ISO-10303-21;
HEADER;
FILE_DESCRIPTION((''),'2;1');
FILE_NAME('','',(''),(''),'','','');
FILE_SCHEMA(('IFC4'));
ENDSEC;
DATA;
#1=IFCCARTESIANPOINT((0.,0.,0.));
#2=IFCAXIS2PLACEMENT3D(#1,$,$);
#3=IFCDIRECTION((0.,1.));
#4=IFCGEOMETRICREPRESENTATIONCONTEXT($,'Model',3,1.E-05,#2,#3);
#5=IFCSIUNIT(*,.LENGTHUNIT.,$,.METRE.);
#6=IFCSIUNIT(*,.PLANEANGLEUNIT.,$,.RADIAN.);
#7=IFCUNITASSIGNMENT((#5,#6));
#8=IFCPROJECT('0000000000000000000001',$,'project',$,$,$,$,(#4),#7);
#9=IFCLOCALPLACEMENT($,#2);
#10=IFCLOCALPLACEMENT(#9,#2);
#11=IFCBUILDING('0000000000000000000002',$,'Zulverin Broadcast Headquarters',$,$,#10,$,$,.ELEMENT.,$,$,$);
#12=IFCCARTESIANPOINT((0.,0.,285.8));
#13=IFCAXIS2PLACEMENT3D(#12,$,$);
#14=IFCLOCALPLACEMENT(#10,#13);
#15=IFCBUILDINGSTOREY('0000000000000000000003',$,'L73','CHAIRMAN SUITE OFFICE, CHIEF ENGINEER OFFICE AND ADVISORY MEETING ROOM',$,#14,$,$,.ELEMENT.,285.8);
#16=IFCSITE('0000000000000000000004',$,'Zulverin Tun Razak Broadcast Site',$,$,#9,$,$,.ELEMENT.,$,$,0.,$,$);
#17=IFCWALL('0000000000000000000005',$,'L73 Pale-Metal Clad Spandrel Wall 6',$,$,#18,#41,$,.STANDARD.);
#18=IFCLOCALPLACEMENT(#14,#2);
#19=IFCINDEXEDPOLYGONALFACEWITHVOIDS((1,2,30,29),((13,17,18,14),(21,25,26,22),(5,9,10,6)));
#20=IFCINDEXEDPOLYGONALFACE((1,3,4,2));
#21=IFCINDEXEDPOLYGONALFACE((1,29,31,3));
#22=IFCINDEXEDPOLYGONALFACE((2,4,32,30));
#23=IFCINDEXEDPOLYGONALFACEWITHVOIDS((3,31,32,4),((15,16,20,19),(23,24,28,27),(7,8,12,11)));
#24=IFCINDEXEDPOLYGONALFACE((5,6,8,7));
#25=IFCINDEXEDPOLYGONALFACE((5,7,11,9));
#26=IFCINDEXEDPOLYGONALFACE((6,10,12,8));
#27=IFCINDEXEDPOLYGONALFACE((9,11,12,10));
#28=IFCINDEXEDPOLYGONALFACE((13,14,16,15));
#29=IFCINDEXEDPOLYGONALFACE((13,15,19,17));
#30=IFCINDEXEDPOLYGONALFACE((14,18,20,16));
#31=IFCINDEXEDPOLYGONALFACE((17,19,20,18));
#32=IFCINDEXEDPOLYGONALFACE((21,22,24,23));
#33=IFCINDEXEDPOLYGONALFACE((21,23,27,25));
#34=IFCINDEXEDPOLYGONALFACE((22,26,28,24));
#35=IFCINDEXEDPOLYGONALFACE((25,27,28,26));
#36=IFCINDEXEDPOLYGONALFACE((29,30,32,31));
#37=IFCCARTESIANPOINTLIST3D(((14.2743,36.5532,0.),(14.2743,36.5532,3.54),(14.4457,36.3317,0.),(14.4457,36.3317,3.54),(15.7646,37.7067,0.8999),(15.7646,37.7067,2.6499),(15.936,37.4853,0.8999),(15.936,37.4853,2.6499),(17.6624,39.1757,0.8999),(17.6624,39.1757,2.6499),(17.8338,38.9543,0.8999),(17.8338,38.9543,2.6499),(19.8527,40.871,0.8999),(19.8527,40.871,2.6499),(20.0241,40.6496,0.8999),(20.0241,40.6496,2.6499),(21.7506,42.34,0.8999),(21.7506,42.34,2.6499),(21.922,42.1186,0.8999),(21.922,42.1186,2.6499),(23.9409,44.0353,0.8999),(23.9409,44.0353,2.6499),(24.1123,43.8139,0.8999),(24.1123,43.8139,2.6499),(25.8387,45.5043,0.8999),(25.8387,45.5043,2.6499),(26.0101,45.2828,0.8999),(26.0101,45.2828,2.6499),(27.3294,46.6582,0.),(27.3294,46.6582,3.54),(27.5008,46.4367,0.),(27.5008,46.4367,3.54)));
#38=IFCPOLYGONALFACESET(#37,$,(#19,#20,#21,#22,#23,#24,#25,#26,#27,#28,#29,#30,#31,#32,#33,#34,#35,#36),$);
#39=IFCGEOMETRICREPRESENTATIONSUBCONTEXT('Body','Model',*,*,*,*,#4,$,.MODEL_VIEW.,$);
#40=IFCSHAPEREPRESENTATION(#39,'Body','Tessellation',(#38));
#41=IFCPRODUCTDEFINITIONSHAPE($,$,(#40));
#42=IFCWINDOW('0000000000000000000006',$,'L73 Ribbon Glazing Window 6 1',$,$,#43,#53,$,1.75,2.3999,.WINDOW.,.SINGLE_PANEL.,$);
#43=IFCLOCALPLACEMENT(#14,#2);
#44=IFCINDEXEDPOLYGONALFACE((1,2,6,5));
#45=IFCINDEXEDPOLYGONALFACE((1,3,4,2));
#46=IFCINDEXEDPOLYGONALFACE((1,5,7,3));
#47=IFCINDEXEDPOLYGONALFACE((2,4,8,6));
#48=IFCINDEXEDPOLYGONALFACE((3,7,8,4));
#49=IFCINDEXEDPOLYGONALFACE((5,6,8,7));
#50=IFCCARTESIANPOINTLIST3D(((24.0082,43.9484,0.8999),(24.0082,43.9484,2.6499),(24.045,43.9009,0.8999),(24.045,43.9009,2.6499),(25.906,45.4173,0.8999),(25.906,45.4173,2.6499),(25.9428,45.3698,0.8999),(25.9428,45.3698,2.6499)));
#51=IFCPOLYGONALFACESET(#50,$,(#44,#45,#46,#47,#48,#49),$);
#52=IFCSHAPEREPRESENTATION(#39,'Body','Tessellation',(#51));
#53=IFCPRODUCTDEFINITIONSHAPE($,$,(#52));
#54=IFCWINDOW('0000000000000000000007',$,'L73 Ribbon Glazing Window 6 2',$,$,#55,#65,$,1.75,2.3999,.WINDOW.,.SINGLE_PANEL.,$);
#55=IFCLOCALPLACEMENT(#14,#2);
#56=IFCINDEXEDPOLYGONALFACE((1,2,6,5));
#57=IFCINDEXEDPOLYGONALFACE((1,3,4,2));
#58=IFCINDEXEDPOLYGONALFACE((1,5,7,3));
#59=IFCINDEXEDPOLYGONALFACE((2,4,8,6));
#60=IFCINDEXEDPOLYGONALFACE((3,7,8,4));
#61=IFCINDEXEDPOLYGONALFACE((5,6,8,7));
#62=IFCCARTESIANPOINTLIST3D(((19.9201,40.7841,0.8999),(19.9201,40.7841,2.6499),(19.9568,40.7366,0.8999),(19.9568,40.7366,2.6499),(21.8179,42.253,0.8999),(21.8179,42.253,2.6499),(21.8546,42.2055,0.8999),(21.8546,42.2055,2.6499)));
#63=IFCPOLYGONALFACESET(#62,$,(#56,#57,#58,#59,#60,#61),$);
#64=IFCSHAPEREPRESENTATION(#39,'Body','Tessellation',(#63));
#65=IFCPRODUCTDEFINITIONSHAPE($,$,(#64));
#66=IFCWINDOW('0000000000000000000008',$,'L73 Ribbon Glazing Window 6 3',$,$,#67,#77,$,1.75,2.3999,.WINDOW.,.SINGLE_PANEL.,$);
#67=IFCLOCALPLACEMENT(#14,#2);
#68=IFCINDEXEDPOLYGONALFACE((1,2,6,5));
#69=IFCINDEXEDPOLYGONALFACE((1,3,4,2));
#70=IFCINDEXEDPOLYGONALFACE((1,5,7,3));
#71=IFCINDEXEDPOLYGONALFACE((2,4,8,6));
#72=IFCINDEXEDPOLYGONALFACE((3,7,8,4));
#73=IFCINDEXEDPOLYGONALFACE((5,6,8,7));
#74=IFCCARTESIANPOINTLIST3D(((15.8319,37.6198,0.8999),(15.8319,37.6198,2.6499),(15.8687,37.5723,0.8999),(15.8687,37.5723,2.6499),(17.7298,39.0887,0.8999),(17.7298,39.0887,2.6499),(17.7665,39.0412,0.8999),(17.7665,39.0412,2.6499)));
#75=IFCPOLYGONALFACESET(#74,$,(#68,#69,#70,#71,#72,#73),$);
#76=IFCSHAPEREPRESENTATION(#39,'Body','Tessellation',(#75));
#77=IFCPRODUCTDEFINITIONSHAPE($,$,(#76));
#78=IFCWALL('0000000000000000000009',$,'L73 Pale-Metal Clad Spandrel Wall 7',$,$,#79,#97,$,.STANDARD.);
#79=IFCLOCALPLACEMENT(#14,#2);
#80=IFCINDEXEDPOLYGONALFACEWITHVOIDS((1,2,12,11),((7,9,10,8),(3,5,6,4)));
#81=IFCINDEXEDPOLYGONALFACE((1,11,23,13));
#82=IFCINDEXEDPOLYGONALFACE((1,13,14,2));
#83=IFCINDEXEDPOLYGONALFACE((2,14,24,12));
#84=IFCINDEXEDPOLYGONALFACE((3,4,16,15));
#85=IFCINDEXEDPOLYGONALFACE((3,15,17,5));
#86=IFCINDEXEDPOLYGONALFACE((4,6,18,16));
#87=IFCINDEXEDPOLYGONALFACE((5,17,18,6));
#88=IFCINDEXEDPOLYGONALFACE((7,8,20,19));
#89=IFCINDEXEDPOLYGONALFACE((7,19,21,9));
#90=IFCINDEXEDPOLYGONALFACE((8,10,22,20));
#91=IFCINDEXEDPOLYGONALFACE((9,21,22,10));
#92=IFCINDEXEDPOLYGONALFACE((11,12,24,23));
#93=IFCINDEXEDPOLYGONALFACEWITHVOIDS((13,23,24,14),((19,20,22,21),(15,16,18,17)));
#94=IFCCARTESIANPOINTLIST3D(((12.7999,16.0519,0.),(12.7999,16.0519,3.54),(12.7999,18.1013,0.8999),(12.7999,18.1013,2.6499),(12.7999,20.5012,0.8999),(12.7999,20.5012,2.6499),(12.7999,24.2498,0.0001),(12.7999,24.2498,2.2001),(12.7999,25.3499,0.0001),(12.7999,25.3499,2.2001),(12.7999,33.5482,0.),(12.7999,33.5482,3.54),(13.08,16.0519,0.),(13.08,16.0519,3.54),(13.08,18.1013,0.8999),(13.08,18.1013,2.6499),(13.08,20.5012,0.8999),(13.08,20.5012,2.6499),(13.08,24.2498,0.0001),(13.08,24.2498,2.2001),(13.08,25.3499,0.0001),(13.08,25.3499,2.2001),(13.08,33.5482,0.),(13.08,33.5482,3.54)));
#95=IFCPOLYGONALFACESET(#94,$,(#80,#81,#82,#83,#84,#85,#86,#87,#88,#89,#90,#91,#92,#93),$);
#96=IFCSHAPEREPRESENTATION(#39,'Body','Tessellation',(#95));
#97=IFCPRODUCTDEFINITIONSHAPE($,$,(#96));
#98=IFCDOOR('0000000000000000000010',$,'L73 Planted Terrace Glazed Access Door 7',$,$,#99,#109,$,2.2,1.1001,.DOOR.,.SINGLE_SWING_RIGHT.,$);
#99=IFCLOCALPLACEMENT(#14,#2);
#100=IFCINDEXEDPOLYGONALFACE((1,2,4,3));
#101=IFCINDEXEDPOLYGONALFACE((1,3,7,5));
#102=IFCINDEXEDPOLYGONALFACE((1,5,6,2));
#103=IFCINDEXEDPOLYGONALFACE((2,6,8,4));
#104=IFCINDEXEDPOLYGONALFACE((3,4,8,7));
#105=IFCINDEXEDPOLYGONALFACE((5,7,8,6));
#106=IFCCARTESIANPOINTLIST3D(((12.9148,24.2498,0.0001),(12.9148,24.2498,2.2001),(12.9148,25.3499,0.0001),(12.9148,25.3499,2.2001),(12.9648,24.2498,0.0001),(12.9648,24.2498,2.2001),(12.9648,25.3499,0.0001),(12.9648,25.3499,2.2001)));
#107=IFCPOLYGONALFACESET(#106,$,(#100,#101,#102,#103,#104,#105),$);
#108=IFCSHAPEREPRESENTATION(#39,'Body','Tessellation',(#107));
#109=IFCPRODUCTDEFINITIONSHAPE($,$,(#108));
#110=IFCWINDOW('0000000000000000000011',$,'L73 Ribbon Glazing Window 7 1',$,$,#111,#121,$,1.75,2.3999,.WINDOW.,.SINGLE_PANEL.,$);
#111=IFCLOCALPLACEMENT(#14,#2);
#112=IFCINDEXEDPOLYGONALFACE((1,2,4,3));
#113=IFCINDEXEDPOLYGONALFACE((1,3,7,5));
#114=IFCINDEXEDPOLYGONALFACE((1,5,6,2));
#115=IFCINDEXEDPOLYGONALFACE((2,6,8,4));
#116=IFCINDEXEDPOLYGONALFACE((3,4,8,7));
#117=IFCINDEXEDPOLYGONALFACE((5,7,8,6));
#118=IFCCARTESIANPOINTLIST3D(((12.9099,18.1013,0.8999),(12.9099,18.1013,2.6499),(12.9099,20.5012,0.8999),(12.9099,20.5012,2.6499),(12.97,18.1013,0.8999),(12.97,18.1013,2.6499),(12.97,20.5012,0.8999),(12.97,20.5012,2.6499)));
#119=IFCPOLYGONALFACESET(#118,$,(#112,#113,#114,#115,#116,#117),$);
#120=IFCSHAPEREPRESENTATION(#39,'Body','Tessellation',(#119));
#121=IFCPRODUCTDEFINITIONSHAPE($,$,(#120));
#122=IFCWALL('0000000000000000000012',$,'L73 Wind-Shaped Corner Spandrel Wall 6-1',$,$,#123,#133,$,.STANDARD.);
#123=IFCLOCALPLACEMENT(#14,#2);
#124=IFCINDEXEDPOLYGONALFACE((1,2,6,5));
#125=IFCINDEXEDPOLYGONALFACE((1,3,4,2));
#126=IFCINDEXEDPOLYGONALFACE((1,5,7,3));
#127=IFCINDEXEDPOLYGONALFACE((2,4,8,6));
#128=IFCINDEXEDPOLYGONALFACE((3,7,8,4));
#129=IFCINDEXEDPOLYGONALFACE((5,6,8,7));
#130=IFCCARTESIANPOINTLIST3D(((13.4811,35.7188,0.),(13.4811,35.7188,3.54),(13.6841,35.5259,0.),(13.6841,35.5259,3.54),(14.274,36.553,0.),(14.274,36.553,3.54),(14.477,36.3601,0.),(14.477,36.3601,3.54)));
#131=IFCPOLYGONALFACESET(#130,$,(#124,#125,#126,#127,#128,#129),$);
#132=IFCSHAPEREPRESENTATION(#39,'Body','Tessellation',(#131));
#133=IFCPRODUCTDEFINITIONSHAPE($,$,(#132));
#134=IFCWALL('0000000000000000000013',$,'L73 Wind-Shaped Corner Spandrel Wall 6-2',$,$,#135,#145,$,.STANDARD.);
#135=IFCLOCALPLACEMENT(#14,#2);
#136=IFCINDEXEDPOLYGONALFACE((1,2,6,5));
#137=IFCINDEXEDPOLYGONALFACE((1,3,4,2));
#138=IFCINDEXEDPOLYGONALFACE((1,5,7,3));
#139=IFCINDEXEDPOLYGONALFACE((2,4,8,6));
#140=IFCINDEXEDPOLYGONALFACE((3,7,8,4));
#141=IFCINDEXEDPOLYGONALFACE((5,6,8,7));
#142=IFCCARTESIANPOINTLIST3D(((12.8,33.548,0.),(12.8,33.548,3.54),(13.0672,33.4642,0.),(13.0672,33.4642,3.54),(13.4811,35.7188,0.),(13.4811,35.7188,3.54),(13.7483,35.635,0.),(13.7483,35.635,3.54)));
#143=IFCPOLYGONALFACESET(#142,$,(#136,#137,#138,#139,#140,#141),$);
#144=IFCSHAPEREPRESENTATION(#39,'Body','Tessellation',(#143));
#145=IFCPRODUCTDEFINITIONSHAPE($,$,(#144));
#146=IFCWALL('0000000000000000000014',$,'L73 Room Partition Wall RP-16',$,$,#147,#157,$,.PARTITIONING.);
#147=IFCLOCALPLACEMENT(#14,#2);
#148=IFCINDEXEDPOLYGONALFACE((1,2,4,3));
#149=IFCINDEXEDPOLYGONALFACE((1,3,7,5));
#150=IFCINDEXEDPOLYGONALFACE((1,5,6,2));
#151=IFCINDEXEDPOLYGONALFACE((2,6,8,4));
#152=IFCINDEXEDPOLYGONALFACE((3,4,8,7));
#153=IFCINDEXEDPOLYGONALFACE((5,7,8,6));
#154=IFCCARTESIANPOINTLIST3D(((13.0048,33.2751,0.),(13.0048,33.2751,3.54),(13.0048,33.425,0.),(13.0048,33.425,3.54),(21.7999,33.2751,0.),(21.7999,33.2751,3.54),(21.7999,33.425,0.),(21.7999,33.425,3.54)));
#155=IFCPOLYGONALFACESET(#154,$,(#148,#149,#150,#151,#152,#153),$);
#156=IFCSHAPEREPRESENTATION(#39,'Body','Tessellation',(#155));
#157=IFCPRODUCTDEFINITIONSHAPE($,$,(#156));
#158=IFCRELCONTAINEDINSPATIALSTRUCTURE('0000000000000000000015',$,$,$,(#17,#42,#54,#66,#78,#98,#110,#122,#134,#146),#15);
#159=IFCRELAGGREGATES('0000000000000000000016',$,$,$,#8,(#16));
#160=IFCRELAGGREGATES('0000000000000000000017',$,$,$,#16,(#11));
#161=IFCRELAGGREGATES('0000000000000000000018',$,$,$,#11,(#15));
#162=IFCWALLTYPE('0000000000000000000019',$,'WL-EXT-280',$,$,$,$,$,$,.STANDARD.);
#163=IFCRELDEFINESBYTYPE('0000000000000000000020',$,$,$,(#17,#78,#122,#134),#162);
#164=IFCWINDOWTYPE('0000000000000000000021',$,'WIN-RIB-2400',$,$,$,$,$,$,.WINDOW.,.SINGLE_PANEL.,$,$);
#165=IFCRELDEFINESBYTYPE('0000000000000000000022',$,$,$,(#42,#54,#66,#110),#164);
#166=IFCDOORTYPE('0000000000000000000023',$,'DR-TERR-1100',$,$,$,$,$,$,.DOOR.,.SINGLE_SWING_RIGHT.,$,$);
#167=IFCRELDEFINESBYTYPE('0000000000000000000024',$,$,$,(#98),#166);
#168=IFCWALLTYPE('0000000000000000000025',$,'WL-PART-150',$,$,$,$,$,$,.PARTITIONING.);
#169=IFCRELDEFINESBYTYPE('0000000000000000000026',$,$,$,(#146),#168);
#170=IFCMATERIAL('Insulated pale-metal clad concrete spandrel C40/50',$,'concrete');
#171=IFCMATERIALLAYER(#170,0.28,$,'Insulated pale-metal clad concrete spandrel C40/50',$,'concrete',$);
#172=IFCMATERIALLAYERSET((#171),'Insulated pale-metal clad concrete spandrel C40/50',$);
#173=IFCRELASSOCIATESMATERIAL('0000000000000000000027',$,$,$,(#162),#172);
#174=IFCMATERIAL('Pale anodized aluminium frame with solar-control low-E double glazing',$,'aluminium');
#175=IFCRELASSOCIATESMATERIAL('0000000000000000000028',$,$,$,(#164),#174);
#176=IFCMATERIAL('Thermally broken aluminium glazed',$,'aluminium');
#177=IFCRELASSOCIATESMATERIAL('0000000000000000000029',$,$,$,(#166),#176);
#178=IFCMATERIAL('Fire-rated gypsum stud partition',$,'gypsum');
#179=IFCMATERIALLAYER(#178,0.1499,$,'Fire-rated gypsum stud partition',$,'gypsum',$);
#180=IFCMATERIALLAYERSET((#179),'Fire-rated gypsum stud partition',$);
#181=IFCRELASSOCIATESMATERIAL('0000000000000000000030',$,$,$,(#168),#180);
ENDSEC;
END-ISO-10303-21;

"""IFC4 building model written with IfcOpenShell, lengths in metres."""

from ifc_helpers import new_model, si_unit, direction, frame, frame_2d, origin, place, context, subcontext, project, spatial, rectangle, extrude, material, layer, layer_set, type_object, element, fill, save


model = new_model("IFC4")

# Units and contexts
model_context = context("Model", 3, precision=1e-05, world=origin(), true_north=direction((0.0, 1.0)))
body_context = subcontext(model_context, "Body", "Model", "MODEL_VIEW")
ifc_project = project(units=[si_unit("LENGTHUNIT", "METRE"), si_unit("PLANEANGLEUNIT", "RADIAN")], contexts=[model_context])

# Site, building, storey
site_placement = place(None, origin())
site = spatial("IfcSite", under=ifc_project, at=site_placement, Name="Zulverin Tun Razak Broadcast Site", CompositionType="ELEMENT", RefElevation=0.0)
building_placement = place(site_placement, origin())
building = spatial("IfcBuilding", under=site, at=building_placement, Name="Zulverin Broadcast Headquarters", CompositionType="ELEMENT")
storey_placement = place(building_placement, frame((0.0, 0.0, 285.8)))
storey = spatial("IfcBuildingStorey", under=building, at=storey_placement, Name="L73", Description="CHAIRMAN SUITE OFFICE, CHIEF ENGINEER OFFICE AND ADVISORY MEETING ROOM", CompositionType="ELEMENT", Elevation=285.8)

# Wall, openings, windows
ifc_material_1 = material(Name="Insulated pale-metal clad concrete spandrel C40/50", Category="concrete")
ifc_layer_1 = layer(ifc_material_1, 0.28, Name="Insulated pale-metal clad concrete spandrel C40/50", Category="concrete")
ifc_layer_set_1 = layer_set([ifc_layer_1], Name="Insulated pale-metal clad concrete spandrel C40/50")
wall_type_1 = type_object("IfcWallType", Name="WL-EXT-280", PredefinedType="STANDARD", material=ifc_layer_set_1)
wall_1_placement = place(storey_placement, frame((27.415, 46.5474, 0.0), z_axis=(0.0, 0.0, 1.0), x_axis=(-0.79079, -0.612088, 0.0)))
wall_1 = element("IfcWall", 1, at=wall_1_placement, inside=storey, type_object=wall_type_1, Name="L73 Pale-Metal Clad Spandrel Wall 6", PredefinedType="STANDARD", context=body_context, shape_type="SweptSolid", body=[
    extrude(rectangle(XDim=16.509, YDim=0.28, at=frame_2d((8.2544, 0.0))), origin(), (0.0, 0.0, 1.0), 3.54),
])
opening_1_placement = place(wall_1_placement, frame((1.885, 0.0, 0.8999)))
opening_1 = element("IfcOpeningElement", 2, at=opening_1_placement, cuts=wall_1, PredefinedType="OPENING", context=body_context, shape_type="SweptSolid", body=[
    extrude(rectangle(XDim=2.3999, YDim=1.75, at=frame_2d((1.2, 0.875))), frame((0.0, 0.1499, 0.0), z_axis=(0.0, -1.0, 0.0), x_axis=(1.0, 0.0, 0.0)), (0.0, 0.0, 1.0), 0.3),
])
opening_2_placement = place(wall_1_placement, frame((7.0547, 0.0, 0.8999)))
opening_2 = element("IfcOpeningElement", 3, at=opening_2_placement, cuts=wall_1, PredefinedType="OPENING", context=body_context, shape_type="SweptSolid", body=[
    extrude(rectangle(XDim=2.3999, YDim=1.75, at=frame_2d((1.2, 0.875))), frame((0.0, 0.1499, 0.0), z_axis=(0.0, -1.0, 0.0), x_axis=(1.0, 0.0, 0.0)), (0.0, 0.0, 1.0), 0.3),
])
opening_3_placement = place(wall_1_placement, frame((12.2244, 0.0, 0.8999)))
opening_3 = element("IfcOpeningElement", 4, at=opening_3_placement, cuts=wall_1, PredefinedType="OPENING", context=body_context, shape_type="SweptSolid", body=[
    extrude(rectangle(XDim=2.3999, YDim=1.75, at=frame_2d((1.2, 0.875))), frame((0.0, 0.1499, 0.0), z_axis=(0.0, -1.0, 0.0), x_axis=(1.0, 0.0, 0.0)), (0.0, 0.0, 1.0), 0.3),
])
ifc_material_2 = material(Name="Pale anodized aluminium frame with solar-control low-E double glazing", Category="aluminium")
window_type = type_object("IfcWindowType", Name="WIN-RIB-2400", PartitioningType="SINGLE_PANEL", PredefinedType="WINDOW", material=ifc_material_2)
window_1_placement = place(opening_1_placement, origin())
window_1 = element("IfcWindow", 5, at=window_1_placement, inside=storey, type_object=window_type, Name="L73 Ribbon Glazing Window 6 1", OverallHeight=1.75, OverallWidth=2.3999, PartitioningType="SINGLE_PANEL", PredefinedType="WINDOW", context=body_context, shape_type="SweptSolid", body=[
    extrude(rectangle(XDim=2.3999, YDim=1.75, at=frame_2d((1.2, 0.875))), frame((0.0, 0.03, 0.0), z_axis=(0.0, -1.0, 0.0), x_axis=(1.0, 0.0, 0.0)), (0.0, 0.0, 1.0), 0.0601),
])
fill(opening_1, window_1)
window_2_placement = place(opening_2_placement, origin())
window_2 = element("IfcWindow", 6, at=window_2_placement, inside=storey, type_object=window_type, Name="L73 Ribbon Glazing Window 6 2", OverallHeight=1.75, OverallWidth=2.3999, PartitioningType="SINGLE_PANEL", PredefinedType="WINDOW", context=body_context, shape_type="SweptSolid", body=[
    extrude(rectangle(XDim=2.3999, YDim=1.75, at=frame_2d((1.2, 0.875))), frame((0.0, 0.03, 0.0), z_axis=(0.0, -1.0, 0.0), x_axis=(1.0, 0.0, 0.0)), (0.0, 0.0, 1.0), 0.0601),
])
fill(opening_2, window_2)
window_3_placement = place(opening_3_placement, origin())
window_3 = element("IfcWindow", 7, at=window_3_placement, inside=storey, type_object=window_type, Name="L73 Ribbon Glazing Window 6 3", OverallHeight=1.75, OverallWidth=2.3999, PartitioningType="SINGLE_PANEL", PredefinedType="WINDOW", context=body_context, shape_type="SweptSolid", body=[
    extrude(rectangle(XDim=2.3999, YDim=1.75, at=frame_2d((1.2, 0.875))), frame((0.0, 0.03, 0.0), z_axis=(0.0, -1.0, 0.0), x_axis=(1.0, 0.0, 0.0)), (0.0, 0.0, 1.0), 0.0601),
])
fill(opening_3, window_3)

# Wall, openings, door, window
wall_2_placement = place(storey_placement, frame((12.9399, 33.5481, 0.0), z_axis=(0.0, 0.0, 1.0), x_axis=(0.0, -1.0, 0.0)))
wall_2 = element("IfcWall", 8, at=wall_2_placement, inside=storey, type_object=wall_type_1, Name="L73 Pale-Metal Clad Spandrel Wall 7", PredefinedType="STANDARD", context=body_context, shape_type="SweptSolid", body=[
    extrude(rectangle(XDim=17.4963, YDim=0.28, at=frame_2d((8.748, 0.0))), origin(), (0.0, 0.0, 1.0), 3.54),
])
opening_4_placement = place(wall_2_placement, frame((8.1982, 0.0, 0.0)))
opening_4 = element("IfcOpeningElement", 9, at=opening_4_placement, cuts=wall_2, PredefinedType="OPENING", context=body_context, shape_type="SweptSolid", body=[
    extrude(rectangle(XDim=1.1001, YDim=2.2, at=frame_2d((0.55, 1.1001))), frame((0.0, 0.1499, 0.0), z_axis=(0.0, -1.0, 0.0), x_axis=(1.0, 0.0, 0.0)), (0.0, 0.0, 1.0), 0.3),
])
opening_5_placement = place(wall_2_placement, frame((13.0469, 0.0, 0.8999)))
opening_5 = element("IfcOpeningElement", 10, at=opening_5_placement, cuts=wall_2, PredefinedType="OPENING", context=body_context, shape_type="SweptSolid", body=[
    extrude(rectangle(XDim=2.3999, YDim=1.75, at=frame_2d((1.2, 0.875))), frame((0.0, 0.1499, 0.0), z_axis=(0.0, -1.0, 0.0), x_axis=(1.0, 0.0, 0.0)), (0.0, 0.0, 1.0), 0.3),
])
ifc_material_3 = material(Name="Thermally broken aluminium glazed", Category="aluminium")
door_type_1 = type_object("IfcDoorType", Name="DR-TERR-1100", OperationType="SINGLE_SWING_RIGHT", PredefinedType="DOOR", material=ifc_material_3)
door_1_placement = place(opening_4_placement, origin())
door_1 = element("IfcDoor", 11, at=door_1_placement, inside=storey, type_object=door_type_1, Name="L73 Planted Terrace Glazed Access Door 7", OperationType="SINGLE_SWING_RIGHT", OverallHeight=2.2, OverallWidth=1.1001, PredefinedType="DOOR", context=body_context, shape_type="SweptSolid", body=[
    extrude(rectangle(XDim=1.1001, YDim=2.2, at=frame_2d((0.55, 1.1001))), frame((0.0, 0.0249, 0.0), z_axis=(0.0, -1.0, 0.0), x_axis=(1.0, 0.0, 0.0)), (0.0, 0.0, 1.0), 0.05),
])
fill(opening_4, door_1)
window_4_placement = place(opening_5_placement, origin())
window_4 = element("IfcWindow", 12, at=window_4_placement, inside=storey, type_object=window_type, Name="L73 Ribbon Glazing Window 7 1", OverallHeight=1.75, OverallWidth=2.3999, PartitioningType="SINGLE_PANEL", PredefinedType="WINDOW", context=body_context, shape_type="SweptSolid", body=[
    extrude(rectangle(XDim=2.3999, YDim=1.75, at=frame_2d((1.2, 0.875))), frame((0.0, 0.03, 0.0), z_axis=(0.0, -1.0, 0.0), x_axis=(1.0, 0.0, 0.0)), (0.0, 0.0, 1.0), 0.0601),
])
fill(opening_5, window_4)

# Walls
wall_3_placement = place(storey_placement, frame((14.3755, 36.4565, 0.0), z_axis=(0.0, 0.0, 1.0), x_axis=(-0.688956, -0.724803, 0.0)))
element("IfcWall", 13, at=wall_3_placement, inside=storey, type_object=wall_type_1, Name="L73 Wind-Shaped Corner Spandrel Wall 6-1", PredefinedType="STANDARD", context=body_context, shape_type="SweptSolid", body=[
    extrude(rectangle(XDim=1.1509, YDim=0.28, at=frame_2d((0.5754, 0.0))), origin(), (0.0, 0.0, 1.0), 3.54),
])
wall_4_placement = place(storey_placement, frame((13.6147, 35.677, 0.0), z_axis=(0.0, 0.0, 1.0), x_axis=(-0.299375, -0.954136, 0.0)))
element("IfcWall", 14, at=wall_4_placement, inside=storey, type_object=wall_type_1, Name="L73 Wind-Shaped Corner Spandrel Wall 6-2", PredefinedType="STANDARD", context=body_context, shape_type="SweptSolid", body=[
    extrude(rectangle(XDim=2.2751, YDim=0.28, at=frame_2d((1.1377, 0.0))), origin(), (0.0, 0.0, 1.0), 3.54),
])
ifc_material_4 = material(Name="Fire-rated gypsum stud partition", Category="gypsum")
ifc_layer_2 = layer(ifc_material_4, 0.1499, Name="Fire-rated gypsum stud partition", Category="gypsum")
ifc_layer_set_2 = layer_set([ifc_layer_2], Name="Fire-rated gypsum stud partition")
wall_type_2 = type_object("IfcWallType", Name="WL-PART-150", PredefinedType="PARTITIONING", material=ifc_layer_set_2)
wall_5_placement = place(storey_placement, frame((13.0049, 33.3501, 0.0), z_axis=(0.0, 0.0, 1.0), x_axis=(1.0, 0.0, 0.0)))
element("IfcWall", 15, at=wall_5_placement, inside=storey, type_object=wall_type_2, Name="L73 Room Partition Wall RP-16", PredefinedType="PARTITIONING", context=body_context, shape_type="SweptSolid", body=[
    extrude(rectangle(XDim=8.7952, YDim=0.1499, at=frame_2d((4.3975, 0.0))), origin(), (0.0, 0.0, 1.0), 3.54),
])

save(model, "model.ifc")
